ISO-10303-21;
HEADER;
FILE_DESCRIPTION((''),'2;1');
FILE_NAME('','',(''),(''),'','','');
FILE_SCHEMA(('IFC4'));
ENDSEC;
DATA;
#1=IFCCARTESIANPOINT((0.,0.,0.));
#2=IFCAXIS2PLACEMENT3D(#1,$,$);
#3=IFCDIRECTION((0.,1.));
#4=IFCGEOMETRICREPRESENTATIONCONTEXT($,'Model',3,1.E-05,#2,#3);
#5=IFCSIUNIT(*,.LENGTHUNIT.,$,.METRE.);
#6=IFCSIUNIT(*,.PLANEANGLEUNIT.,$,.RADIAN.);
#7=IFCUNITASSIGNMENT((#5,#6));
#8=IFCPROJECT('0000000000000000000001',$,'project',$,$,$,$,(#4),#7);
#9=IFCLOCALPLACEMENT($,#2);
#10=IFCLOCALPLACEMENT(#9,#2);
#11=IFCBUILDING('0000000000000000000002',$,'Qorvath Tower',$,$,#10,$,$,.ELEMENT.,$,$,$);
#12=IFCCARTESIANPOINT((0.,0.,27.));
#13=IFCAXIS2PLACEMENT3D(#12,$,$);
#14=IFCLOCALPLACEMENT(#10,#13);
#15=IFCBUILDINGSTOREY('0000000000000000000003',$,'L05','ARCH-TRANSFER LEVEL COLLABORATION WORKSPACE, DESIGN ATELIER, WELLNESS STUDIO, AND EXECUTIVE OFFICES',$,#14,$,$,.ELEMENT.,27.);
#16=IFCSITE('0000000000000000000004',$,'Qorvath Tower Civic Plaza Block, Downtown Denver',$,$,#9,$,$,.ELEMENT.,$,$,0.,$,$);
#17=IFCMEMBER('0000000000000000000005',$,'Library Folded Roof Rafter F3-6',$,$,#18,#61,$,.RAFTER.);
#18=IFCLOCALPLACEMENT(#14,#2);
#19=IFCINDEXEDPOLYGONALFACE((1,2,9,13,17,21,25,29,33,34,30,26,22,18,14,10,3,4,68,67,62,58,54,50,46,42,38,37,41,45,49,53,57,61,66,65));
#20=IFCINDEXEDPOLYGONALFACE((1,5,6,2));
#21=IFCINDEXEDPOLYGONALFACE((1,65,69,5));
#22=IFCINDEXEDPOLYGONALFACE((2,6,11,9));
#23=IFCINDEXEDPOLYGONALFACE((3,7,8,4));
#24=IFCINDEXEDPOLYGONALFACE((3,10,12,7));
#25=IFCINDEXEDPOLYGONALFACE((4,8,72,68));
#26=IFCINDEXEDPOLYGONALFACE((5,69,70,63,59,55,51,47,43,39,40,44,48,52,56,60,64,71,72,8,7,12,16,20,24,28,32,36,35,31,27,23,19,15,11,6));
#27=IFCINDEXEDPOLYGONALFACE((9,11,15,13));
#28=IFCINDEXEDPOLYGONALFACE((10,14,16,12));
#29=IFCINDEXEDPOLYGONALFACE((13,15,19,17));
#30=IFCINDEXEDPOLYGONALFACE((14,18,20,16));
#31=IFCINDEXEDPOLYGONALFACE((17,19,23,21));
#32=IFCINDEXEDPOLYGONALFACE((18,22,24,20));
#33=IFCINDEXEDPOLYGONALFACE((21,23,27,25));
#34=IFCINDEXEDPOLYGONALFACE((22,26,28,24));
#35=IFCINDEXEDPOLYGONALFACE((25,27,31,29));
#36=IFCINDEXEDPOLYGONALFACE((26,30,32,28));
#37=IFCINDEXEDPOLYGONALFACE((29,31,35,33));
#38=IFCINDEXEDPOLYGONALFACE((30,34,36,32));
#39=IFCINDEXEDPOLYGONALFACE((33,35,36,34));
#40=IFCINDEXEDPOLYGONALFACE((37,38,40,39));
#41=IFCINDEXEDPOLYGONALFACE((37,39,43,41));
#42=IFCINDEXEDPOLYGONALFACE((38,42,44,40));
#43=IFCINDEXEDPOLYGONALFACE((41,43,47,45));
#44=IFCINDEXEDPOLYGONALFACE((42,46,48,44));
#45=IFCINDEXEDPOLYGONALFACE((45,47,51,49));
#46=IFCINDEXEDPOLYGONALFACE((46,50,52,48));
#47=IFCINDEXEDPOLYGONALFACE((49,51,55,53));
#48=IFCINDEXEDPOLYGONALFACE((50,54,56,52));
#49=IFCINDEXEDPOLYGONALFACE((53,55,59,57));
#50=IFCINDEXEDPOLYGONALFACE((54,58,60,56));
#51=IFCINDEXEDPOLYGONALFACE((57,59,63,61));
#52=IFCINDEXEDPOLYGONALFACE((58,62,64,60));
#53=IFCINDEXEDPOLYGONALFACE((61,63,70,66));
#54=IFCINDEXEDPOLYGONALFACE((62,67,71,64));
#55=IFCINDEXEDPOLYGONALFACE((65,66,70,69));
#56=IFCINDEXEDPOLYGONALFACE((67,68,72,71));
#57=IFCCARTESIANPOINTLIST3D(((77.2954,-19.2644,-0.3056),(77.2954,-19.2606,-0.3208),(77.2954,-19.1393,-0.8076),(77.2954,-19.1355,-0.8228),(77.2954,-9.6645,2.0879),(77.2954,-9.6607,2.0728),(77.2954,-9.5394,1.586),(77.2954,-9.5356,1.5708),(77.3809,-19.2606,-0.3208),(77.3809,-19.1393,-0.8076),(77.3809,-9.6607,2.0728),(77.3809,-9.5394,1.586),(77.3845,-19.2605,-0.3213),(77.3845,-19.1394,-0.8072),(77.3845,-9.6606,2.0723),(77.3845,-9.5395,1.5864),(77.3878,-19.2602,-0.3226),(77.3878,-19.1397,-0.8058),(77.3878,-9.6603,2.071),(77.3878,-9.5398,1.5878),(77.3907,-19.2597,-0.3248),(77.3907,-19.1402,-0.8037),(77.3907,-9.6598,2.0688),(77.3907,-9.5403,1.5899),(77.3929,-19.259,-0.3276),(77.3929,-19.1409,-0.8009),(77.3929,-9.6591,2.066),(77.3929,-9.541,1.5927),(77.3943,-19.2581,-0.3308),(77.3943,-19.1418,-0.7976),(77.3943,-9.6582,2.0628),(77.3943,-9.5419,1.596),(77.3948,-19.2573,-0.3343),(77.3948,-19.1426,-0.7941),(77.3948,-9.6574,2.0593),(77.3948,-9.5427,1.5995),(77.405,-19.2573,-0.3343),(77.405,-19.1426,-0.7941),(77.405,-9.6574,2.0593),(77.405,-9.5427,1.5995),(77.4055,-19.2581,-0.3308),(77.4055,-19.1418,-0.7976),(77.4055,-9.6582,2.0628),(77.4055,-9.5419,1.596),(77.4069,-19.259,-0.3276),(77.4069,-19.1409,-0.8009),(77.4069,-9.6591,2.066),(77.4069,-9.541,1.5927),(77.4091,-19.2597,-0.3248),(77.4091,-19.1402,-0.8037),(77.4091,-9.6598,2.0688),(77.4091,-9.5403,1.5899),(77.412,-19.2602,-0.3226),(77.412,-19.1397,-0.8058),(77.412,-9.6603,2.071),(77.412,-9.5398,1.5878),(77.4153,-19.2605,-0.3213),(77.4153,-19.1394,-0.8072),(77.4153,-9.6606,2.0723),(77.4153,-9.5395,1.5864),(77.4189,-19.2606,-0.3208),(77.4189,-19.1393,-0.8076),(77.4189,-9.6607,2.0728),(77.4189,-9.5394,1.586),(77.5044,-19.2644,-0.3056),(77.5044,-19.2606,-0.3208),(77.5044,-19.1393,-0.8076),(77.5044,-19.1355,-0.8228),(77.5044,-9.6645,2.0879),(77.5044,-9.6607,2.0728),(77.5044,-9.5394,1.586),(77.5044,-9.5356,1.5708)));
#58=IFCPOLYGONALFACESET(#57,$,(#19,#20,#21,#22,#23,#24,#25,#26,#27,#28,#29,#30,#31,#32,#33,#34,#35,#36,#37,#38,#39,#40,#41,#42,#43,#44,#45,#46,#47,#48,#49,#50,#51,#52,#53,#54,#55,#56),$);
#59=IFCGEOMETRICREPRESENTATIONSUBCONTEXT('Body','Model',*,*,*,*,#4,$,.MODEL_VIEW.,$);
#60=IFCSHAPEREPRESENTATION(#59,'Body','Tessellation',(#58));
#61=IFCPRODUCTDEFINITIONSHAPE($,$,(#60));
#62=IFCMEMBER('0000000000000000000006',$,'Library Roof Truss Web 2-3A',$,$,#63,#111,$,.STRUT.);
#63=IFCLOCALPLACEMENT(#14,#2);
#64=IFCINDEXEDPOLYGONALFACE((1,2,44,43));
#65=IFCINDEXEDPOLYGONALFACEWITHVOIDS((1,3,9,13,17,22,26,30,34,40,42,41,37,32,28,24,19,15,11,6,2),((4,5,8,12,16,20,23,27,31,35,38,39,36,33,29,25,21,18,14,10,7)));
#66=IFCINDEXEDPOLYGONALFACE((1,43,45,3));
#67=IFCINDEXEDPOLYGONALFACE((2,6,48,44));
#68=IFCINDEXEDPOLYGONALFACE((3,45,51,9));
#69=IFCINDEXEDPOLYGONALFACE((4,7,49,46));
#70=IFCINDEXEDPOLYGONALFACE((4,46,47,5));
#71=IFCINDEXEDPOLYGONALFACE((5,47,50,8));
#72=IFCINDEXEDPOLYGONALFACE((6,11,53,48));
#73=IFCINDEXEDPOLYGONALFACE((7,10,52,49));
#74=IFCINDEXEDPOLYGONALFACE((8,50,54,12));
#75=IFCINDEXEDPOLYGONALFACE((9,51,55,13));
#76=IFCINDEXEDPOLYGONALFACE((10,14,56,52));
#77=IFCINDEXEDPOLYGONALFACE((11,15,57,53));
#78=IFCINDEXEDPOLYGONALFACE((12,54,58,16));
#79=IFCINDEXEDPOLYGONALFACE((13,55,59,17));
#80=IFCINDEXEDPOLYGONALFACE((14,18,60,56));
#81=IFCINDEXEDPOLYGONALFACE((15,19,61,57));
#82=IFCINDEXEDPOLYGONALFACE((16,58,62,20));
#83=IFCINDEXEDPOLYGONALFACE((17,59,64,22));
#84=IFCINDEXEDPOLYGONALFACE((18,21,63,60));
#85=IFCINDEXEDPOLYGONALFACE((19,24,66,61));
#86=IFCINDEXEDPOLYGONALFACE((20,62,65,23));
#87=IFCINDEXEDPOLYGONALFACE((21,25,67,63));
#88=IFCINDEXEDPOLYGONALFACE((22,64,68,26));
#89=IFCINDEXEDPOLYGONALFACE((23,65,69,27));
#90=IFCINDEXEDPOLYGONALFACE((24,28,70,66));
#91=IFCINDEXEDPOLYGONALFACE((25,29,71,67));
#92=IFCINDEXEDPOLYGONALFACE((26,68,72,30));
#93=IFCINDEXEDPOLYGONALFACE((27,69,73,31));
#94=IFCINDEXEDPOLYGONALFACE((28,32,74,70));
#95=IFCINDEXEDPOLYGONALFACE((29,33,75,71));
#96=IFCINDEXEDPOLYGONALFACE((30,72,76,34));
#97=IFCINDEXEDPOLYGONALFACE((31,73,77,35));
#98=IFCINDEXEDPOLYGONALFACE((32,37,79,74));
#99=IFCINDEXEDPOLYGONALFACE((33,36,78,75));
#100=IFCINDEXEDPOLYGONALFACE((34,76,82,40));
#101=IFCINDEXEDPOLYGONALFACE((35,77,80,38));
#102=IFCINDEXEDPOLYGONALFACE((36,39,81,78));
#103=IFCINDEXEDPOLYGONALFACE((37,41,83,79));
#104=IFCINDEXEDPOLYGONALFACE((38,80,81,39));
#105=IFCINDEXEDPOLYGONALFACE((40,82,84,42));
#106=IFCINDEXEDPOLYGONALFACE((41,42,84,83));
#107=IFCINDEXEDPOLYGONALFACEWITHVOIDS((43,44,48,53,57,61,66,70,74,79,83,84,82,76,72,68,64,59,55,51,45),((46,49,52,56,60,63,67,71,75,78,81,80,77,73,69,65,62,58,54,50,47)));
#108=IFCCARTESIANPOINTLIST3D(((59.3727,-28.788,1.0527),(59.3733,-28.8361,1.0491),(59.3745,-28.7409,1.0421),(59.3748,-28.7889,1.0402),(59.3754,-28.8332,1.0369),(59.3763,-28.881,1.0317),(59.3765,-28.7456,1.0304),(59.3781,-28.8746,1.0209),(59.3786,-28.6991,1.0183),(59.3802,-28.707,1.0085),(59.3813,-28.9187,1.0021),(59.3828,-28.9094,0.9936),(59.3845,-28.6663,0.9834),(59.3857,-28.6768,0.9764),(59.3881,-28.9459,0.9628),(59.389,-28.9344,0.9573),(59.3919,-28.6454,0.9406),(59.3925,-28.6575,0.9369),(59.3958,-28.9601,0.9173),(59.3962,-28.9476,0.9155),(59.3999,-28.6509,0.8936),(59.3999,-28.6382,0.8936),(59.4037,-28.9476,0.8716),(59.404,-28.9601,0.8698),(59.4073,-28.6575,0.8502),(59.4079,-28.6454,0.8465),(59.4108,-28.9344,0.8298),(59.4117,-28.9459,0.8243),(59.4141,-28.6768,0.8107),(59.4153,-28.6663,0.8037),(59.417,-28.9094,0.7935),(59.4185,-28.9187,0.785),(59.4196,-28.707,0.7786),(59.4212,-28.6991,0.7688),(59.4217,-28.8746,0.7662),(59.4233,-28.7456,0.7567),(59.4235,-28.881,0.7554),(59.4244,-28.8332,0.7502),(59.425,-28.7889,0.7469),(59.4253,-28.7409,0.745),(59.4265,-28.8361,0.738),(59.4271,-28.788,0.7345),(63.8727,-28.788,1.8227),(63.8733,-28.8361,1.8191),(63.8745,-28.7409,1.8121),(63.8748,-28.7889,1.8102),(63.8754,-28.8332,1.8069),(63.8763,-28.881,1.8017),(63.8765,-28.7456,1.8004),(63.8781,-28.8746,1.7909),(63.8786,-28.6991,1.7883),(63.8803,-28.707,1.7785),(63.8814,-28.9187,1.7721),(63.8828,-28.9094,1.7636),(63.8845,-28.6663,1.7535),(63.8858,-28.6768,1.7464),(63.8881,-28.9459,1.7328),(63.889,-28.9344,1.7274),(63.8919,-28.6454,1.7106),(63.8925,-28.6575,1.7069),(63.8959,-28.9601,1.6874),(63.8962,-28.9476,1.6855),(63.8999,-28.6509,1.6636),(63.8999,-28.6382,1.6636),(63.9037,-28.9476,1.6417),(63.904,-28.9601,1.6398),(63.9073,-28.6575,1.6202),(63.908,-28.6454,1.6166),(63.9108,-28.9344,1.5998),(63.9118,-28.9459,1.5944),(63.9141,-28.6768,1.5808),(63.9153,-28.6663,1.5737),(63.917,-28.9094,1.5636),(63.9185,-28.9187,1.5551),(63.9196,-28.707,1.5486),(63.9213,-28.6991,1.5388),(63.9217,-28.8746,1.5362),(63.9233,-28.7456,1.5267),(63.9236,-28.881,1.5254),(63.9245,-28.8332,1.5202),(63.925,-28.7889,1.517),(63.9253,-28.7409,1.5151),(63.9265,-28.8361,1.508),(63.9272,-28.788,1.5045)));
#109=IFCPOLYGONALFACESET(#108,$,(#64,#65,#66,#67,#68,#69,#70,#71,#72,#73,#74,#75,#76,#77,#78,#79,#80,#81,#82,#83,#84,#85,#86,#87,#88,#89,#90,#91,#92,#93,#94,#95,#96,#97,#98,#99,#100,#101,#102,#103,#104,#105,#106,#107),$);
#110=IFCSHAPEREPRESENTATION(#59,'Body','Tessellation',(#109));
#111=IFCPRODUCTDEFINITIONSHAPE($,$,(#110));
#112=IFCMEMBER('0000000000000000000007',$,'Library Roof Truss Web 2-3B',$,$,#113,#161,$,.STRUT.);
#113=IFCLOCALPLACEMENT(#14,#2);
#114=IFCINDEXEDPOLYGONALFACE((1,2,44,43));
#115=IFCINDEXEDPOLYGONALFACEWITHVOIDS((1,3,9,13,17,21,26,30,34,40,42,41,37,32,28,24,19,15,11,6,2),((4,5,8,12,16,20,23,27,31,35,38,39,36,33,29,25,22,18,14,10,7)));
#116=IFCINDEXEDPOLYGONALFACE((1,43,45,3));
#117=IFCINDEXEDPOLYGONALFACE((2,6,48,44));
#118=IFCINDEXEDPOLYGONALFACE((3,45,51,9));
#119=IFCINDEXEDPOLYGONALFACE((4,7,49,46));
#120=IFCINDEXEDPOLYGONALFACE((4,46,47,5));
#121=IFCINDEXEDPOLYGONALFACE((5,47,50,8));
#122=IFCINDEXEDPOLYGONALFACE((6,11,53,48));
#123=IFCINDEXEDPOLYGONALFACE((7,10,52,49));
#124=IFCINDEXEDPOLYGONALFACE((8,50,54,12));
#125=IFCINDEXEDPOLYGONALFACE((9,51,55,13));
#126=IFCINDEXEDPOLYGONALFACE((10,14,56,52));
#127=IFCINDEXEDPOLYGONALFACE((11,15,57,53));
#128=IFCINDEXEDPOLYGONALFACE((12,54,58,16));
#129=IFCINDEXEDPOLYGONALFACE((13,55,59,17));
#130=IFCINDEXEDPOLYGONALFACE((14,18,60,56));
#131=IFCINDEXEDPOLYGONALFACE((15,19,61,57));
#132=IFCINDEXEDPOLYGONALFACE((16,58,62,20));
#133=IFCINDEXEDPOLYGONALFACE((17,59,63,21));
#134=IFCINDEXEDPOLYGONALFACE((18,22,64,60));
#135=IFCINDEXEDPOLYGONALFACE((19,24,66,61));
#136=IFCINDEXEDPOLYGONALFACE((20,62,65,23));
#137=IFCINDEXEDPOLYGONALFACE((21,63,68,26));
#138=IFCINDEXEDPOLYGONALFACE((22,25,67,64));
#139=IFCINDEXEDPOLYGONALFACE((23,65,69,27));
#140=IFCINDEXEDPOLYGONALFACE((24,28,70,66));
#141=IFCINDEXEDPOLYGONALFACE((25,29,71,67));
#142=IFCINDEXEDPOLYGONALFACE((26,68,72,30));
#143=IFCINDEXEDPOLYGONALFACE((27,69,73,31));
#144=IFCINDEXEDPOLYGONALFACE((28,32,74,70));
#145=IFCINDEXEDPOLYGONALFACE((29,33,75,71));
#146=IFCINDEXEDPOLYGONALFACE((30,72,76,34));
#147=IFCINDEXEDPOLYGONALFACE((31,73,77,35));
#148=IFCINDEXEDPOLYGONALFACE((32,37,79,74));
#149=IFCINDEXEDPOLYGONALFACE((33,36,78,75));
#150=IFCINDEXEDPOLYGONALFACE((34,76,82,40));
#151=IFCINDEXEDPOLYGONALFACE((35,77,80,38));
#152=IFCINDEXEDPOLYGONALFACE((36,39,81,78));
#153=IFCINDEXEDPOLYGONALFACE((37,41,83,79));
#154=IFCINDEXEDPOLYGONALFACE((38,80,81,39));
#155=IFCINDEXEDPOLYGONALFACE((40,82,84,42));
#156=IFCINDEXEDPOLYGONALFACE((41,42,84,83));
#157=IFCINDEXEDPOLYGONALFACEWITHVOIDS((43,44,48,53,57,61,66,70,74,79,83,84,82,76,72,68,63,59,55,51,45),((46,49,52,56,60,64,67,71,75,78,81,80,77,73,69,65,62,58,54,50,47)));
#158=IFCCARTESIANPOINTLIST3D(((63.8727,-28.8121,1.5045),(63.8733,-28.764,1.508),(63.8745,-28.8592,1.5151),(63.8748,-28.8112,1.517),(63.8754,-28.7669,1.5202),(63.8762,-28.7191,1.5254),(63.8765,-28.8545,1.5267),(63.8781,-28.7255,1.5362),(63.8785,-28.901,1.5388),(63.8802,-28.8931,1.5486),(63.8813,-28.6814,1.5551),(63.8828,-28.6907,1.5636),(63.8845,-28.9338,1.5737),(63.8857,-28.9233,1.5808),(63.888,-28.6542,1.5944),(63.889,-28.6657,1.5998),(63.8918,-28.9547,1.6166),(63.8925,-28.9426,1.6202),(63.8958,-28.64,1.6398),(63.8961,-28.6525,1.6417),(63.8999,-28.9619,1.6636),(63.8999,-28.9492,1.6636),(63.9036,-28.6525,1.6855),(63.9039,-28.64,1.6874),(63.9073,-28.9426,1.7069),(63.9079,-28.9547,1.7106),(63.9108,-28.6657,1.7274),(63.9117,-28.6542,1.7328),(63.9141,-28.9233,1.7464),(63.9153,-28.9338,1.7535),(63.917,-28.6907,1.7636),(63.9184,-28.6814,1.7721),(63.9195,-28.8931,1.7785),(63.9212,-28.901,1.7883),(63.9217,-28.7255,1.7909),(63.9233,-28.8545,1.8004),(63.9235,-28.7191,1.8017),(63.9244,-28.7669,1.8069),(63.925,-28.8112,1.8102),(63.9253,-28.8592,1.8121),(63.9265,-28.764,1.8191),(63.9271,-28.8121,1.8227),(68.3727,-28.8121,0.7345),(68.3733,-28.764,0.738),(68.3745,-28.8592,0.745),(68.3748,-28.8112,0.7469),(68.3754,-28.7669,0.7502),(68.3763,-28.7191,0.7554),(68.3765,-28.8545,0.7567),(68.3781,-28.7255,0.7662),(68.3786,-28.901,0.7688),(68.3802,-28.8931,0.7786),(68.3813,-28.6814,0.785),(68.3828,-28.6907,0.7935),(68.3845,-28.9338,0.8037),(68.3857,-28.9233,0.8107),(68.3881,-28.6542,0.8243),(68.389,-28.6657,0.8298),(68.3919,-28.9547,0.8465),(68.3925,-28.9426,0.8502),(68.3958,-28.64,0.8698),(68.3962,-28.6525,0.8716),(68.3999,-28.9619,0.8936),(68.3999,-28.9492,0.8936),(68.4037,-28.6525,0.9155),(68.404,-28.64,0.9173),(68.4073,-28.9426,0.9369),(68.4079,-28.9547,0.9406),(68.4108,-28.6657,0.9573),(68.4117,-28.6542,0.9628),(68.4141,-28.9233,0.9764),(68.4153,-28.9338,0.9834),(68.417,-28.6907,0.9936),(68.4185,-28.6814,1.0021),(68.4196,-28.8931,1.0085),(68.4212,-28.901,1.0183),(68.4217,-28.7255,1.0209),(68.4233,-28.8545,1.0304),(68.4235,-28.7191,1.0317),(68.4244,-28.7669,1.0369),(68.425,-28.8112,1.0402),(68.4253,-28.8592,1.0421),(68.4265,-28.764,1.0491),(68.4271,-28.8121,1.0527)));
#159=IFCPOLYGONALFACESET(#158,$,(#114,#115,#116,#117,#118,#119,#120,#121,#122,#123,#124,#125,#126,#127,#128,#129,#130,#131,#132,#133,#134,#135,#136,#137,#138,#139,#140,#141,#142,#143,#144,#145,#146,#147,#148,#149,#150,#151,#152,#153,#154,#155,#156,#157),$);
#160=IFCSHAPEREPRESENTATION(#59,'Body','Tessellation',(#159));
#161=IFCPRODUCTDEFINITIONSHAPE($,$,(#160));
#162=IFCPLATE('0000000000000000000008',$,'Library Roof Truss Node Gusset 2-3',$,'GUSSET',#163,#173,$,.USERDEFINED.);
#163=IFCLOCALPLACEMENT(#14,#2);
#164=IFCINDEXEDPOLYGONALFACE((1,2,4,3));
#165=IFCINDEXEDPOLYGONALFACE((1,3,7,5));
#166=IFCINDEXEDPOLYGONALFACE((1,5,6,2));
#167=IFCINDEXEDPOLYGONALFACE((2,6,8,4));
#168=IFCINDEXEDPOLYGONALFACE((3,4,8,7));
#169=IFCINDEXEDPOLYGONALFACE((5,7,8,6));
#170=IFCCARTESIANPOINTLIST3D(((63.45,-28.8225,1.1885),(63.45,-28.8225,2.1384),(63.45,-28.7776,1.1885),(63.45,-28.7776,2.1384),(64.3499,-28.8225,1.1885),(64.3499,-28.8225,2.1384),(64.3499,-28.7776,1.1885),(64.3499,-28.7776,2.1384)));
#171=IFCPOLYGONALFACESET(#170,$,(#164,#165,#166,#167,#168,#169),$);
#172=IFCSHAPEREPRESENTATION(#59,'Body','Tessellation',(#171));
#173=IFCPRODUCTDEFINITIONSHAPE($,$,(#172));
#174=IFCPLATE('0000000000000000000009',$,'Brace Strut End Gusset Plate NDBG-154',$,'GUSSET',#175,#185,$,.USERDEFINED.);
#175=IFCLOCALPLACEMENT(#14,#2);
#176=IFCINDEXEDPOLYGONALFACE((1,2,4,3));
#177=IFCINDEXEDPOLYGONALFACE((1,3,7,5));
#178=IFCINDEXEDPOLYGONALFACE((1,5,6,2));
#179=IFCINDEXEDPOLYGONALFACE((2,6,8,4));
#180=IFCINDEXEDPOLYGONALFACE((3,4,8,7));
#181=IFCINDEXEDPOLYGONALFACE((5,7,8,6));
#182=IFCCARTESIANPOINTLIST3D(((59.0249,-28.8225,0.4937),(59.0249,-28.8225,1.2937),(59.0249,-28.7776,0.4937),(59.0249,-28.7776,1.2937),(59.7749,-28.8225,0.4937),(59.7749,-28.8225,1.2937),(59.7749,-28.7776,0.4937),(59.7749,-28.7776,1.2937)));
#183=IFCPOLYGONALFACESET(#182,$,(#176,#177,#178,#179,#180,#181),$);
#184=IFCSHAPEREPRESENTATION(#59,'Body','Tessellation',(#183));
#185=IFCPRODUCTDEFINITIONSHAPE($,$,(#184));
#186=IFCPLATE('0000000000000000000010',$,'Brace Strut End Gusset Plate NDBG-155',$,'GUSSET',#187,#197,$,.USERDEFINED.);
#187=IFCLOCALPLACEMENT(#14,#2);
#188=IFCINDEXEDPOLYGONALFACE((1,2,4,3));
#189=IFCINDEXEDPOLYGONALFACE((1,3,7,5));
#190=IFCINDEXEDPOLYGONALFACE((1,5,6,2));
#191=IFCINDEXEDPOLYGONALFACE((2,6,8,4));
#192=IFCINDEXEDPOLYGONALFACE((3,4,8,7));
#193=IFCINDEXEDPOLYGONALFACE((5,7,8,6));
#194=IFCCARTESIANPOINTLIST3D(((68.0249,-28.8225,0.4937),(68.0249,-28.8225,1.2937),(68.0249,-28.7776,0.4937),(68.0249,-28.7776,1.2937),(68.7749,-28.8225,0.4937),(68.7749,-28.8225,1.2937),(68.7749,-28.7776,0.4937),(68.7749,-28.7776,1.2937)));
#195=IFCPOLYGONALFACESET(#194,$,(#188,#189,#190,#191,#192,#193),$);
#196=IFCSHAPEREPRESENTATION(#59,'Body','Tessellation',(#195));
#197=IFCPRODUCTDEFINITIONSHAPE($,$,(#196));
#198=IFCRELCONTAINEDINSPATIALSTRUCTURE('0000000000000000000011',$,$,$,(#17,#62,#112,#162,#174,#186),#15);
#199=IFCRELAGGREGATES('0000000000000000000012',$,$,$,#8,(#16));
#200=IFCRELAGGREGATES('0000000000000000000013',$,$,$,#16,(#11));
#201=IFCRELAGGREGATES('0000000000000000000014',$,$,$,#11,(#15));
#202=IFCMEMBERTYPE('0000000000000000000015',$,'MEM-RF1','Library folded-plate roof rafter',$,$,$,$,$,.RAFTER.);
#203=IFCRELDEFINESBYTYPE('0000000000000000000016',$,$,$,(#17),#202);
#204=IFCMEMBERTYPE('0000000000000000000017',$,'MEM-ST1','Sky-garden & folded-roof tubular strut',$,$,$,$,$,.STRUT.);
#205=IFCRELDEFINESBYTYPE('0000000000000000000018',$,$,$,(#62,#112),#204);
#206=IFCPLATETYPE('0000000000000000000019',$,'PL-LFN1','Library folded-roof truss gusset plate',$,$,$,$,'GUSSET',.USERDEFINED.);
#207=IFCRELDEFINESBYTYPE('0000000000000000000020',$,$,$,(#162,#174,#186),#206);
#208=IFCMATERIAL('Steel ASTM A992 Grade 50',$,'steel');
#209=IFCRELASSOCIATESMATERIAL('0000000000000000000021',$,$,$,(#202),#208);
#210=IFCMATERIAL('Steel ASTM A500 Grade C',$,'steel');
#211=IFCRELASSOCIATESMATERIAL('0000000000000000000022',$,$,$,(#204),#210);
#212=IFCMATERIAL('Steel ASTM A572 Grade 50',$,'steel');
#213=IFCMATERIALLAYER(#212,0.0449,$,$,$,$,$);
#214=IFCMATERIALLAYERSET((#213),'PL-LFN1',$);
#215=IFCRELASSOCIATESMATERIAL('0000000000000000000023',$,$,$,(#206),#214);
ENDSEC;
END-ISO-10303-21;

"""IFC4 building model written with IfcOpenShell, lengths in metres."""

from ifc_helpers import new_model, si_unit, direction, frame, origin, origin_2d, place, context, subcontext, project, spatial, rectangle, hollow_circle, i_section, extrude, material, layer, layer_set, material_profile, profile_set, type_object, element, save


model = new_model("IFC4")

# Units and contexts
model_context = context("Model", 3, precision=1e-05, world=origin(), true_north=direction((0.0, 1.0)))
body_context = subcontext(model_context, "Body", "Model", "MODEL_VIEW")
ifc_project = project(units=[si_unit("LENGTHUNIT", "METRE"), si_unit("PLANEANGLEUNIT", "RADIAN")], contexts=[model_context])

# Site, building, storey
site_placement = place(None, origin())
site = spatial("IfcSite", under=ifc_project, at=site_placement, Name="Qorvath Tower Civic Plaza Block, Downtown Denver", CompositionType="ELEMENT", RefElevation=0.0)
building_placement = place(site_placement, origin())
building = spatial("IfcBuilding", under=site, at=building_placement, Name="Qorvath Tower", CompositionType="ELEMENT")
storey_placement = place(building_placement, frame((0.0, 0.0, 27.0)))
storey = spatial("IfcBuildingStorey", under=building, at=storey_placement, Name="L05", Description="ARCH-TRANSFER LEVEL COLLABORATION WORKSPACE, DESIGN ATELIER, WELLNESS STUDIO, AND EXECUTIVE OFFICES", CompositionType="ELEMENT", Elevation=27.0)

# Members
ifc_material_1 = material(Name="Steel ASTM A992 Grade 50", Category="steel")
ifc_material_profile_1 = material_profile(ifc_material_1, i_section(OverallWidth=0.209, OverallDepth=0.533, WebThickness=0.0103, FlangeThickness=0.0156, FilletRadius=0.0139, at=origin_2d()), Name="W21x62")
ifc_profile_set_1 = profile_set([ifc_material_profile_1], Name="Steel ASTM A992 Grade 50")
member_type_1 = type_object("IfcMemberType", Name="MEM-RF1", Description="Library folded-plate roof rafter", PredefinedType="RAFTER", material=ifc_profile_set_1)
for number, where, z_axis, x_axis, name in (
    (1, (77.3999, -19.2, -0.5642), (0.0, 0.970295, 0.241926), (-1.0, 0.0, 0.0), "Library Folded Roof Rafter F3-6"),
):
    element("IfcMember", number, at=place(storey_placement, frame(where, z_axis=z_axis, x_axis=x_axis)), inside=storey, type_object=member_type_1, Name=name, PredefinedType="RAFTER", context=body_context, shape_type="SweptSolid", body=[
        extrude(i_section(OverallWidth=0.209, OverallDepth=0.533, WebThickness=0.0103, FlangeThickness=0.0156, FilletRadius=0.0139, at=origin_2d()), origin(), (0.0, 0.0, 1.0), 9.8938),
    ])
ifc_material_2 = material(Name="Steel ASTM A500 Grade C", Category="steel")
ifc_material_profile_2 = material_profile(ifc_material_2, hollow_circle(Radius=0.1619, WallThickness=0.0127, at=origin_2d()), Name="CHS 324x12.7")
ifc_profile_set_2 = profile_set([ifc_material_profile_2], Name="Steel ASTM A500 Grade C")
member_type_2 = type_object("IfcMemberType", Name="MEM-ST1", Description="Sky-garden & folded-roof tubular strut", PredefinedType="STRUT", material=ifc_profile_set_2)
for number, where, z_axis, x_axis, name in (
    (2, (59.3999, -28.8, 0.8936), (0.985674, 0.0, 0.168664), (0.0, 1.0, 0.0), "Library Roof Truss Web 2-3A"),
    (3, (68.3999, -28.8, 0.8936), (-0.985674, 0.0, 0.168664), (0.0, -1.0, 0.0), "Library Roof Truss Web 2-3B"),
):
    element("IfcMember", number, at=place(storey_placement, frame(where, z_axis=z_axis, x_axis=x_axis)), inside=storey, type_object=member_type_2, Name=name, PredefinedType="STRUT", context=body_context, shape_type="SweptSolid", body=[
        extrude(hollow_circle(Radius=0.1619, WallThickness=0.0127, at=origin_2d()), origin(), (0.0, 0.0, 1.0), 4.5654),
    ])

# Plates
ifc_material_3 = material(Name="Steel ASTM A572 Grade 50", Category="steel")
ifc_layer_1 = layer(ifc_material_3, 0.0449)
ifc_layer_set_1 = layer_set([ifc_layer_1], Name="PL-LFN1")
plate_type = type_object("IfcPlateType", Name="PL-LFN1", Description="Library folded-roof truss gusset plate", ElementType="GUSSET", PredefinedType="USERDEFINED", material=ifc_layer_set_1)
plate_placement = place(storey_placement, frame((63.8999, -28.8, 1.1885), z_axis=(0.0, 0.0, 1.0), x_axis=(1.0, 0.0, 0.0)))
element("IfcPlate", 4, at=plate_placement, inside=storey, type_object=plate_type, Name="Library Roof Truss Node Gusset 2-3", ObjectType="GUSSET", PredefinedType="USERDEFINED", context=body_context, shape_type="SweptSolid", body=[
    extrude(rectangle(XDim=0.8999, YDim=0.0449, at=origin_2d()), origin(), (0.0, 0.0, 1.0), 0.95),
])
for number, where, z_axis, x_axis, name in (
    (5, (59.3999, -28.8, 0.4937), (0.0, 0.0, 1.0), (1.0, 0.0, 0.0), "Brace Strut End Gusset Plate NDBG-154"),
    (6, (68.3999, -28.8, 0.4937), (0.0, 0.0, 1.0), (1.0, 0.0, 0.0), "Brace Strut End Gusset Plate NDBG-155"),
):
    element("IfcPlate", number, at=place(storey_placement, frame(where, z_axis=z_axis, x_axis=x_axis)), inside=storey, type_object=plate_type, Name=name, ObjectType="GUSSET", PredefinedType="USERDEFINED", context=body_context, shape_type="SweptSolid", body=[
        extrude(rectangle(XDim=0.75, YDim=0.0449, at=origin_2d()), origin(), (0.0, 0.0, 1.0), 0.8),
    ])

save(model, "model.ifc")
